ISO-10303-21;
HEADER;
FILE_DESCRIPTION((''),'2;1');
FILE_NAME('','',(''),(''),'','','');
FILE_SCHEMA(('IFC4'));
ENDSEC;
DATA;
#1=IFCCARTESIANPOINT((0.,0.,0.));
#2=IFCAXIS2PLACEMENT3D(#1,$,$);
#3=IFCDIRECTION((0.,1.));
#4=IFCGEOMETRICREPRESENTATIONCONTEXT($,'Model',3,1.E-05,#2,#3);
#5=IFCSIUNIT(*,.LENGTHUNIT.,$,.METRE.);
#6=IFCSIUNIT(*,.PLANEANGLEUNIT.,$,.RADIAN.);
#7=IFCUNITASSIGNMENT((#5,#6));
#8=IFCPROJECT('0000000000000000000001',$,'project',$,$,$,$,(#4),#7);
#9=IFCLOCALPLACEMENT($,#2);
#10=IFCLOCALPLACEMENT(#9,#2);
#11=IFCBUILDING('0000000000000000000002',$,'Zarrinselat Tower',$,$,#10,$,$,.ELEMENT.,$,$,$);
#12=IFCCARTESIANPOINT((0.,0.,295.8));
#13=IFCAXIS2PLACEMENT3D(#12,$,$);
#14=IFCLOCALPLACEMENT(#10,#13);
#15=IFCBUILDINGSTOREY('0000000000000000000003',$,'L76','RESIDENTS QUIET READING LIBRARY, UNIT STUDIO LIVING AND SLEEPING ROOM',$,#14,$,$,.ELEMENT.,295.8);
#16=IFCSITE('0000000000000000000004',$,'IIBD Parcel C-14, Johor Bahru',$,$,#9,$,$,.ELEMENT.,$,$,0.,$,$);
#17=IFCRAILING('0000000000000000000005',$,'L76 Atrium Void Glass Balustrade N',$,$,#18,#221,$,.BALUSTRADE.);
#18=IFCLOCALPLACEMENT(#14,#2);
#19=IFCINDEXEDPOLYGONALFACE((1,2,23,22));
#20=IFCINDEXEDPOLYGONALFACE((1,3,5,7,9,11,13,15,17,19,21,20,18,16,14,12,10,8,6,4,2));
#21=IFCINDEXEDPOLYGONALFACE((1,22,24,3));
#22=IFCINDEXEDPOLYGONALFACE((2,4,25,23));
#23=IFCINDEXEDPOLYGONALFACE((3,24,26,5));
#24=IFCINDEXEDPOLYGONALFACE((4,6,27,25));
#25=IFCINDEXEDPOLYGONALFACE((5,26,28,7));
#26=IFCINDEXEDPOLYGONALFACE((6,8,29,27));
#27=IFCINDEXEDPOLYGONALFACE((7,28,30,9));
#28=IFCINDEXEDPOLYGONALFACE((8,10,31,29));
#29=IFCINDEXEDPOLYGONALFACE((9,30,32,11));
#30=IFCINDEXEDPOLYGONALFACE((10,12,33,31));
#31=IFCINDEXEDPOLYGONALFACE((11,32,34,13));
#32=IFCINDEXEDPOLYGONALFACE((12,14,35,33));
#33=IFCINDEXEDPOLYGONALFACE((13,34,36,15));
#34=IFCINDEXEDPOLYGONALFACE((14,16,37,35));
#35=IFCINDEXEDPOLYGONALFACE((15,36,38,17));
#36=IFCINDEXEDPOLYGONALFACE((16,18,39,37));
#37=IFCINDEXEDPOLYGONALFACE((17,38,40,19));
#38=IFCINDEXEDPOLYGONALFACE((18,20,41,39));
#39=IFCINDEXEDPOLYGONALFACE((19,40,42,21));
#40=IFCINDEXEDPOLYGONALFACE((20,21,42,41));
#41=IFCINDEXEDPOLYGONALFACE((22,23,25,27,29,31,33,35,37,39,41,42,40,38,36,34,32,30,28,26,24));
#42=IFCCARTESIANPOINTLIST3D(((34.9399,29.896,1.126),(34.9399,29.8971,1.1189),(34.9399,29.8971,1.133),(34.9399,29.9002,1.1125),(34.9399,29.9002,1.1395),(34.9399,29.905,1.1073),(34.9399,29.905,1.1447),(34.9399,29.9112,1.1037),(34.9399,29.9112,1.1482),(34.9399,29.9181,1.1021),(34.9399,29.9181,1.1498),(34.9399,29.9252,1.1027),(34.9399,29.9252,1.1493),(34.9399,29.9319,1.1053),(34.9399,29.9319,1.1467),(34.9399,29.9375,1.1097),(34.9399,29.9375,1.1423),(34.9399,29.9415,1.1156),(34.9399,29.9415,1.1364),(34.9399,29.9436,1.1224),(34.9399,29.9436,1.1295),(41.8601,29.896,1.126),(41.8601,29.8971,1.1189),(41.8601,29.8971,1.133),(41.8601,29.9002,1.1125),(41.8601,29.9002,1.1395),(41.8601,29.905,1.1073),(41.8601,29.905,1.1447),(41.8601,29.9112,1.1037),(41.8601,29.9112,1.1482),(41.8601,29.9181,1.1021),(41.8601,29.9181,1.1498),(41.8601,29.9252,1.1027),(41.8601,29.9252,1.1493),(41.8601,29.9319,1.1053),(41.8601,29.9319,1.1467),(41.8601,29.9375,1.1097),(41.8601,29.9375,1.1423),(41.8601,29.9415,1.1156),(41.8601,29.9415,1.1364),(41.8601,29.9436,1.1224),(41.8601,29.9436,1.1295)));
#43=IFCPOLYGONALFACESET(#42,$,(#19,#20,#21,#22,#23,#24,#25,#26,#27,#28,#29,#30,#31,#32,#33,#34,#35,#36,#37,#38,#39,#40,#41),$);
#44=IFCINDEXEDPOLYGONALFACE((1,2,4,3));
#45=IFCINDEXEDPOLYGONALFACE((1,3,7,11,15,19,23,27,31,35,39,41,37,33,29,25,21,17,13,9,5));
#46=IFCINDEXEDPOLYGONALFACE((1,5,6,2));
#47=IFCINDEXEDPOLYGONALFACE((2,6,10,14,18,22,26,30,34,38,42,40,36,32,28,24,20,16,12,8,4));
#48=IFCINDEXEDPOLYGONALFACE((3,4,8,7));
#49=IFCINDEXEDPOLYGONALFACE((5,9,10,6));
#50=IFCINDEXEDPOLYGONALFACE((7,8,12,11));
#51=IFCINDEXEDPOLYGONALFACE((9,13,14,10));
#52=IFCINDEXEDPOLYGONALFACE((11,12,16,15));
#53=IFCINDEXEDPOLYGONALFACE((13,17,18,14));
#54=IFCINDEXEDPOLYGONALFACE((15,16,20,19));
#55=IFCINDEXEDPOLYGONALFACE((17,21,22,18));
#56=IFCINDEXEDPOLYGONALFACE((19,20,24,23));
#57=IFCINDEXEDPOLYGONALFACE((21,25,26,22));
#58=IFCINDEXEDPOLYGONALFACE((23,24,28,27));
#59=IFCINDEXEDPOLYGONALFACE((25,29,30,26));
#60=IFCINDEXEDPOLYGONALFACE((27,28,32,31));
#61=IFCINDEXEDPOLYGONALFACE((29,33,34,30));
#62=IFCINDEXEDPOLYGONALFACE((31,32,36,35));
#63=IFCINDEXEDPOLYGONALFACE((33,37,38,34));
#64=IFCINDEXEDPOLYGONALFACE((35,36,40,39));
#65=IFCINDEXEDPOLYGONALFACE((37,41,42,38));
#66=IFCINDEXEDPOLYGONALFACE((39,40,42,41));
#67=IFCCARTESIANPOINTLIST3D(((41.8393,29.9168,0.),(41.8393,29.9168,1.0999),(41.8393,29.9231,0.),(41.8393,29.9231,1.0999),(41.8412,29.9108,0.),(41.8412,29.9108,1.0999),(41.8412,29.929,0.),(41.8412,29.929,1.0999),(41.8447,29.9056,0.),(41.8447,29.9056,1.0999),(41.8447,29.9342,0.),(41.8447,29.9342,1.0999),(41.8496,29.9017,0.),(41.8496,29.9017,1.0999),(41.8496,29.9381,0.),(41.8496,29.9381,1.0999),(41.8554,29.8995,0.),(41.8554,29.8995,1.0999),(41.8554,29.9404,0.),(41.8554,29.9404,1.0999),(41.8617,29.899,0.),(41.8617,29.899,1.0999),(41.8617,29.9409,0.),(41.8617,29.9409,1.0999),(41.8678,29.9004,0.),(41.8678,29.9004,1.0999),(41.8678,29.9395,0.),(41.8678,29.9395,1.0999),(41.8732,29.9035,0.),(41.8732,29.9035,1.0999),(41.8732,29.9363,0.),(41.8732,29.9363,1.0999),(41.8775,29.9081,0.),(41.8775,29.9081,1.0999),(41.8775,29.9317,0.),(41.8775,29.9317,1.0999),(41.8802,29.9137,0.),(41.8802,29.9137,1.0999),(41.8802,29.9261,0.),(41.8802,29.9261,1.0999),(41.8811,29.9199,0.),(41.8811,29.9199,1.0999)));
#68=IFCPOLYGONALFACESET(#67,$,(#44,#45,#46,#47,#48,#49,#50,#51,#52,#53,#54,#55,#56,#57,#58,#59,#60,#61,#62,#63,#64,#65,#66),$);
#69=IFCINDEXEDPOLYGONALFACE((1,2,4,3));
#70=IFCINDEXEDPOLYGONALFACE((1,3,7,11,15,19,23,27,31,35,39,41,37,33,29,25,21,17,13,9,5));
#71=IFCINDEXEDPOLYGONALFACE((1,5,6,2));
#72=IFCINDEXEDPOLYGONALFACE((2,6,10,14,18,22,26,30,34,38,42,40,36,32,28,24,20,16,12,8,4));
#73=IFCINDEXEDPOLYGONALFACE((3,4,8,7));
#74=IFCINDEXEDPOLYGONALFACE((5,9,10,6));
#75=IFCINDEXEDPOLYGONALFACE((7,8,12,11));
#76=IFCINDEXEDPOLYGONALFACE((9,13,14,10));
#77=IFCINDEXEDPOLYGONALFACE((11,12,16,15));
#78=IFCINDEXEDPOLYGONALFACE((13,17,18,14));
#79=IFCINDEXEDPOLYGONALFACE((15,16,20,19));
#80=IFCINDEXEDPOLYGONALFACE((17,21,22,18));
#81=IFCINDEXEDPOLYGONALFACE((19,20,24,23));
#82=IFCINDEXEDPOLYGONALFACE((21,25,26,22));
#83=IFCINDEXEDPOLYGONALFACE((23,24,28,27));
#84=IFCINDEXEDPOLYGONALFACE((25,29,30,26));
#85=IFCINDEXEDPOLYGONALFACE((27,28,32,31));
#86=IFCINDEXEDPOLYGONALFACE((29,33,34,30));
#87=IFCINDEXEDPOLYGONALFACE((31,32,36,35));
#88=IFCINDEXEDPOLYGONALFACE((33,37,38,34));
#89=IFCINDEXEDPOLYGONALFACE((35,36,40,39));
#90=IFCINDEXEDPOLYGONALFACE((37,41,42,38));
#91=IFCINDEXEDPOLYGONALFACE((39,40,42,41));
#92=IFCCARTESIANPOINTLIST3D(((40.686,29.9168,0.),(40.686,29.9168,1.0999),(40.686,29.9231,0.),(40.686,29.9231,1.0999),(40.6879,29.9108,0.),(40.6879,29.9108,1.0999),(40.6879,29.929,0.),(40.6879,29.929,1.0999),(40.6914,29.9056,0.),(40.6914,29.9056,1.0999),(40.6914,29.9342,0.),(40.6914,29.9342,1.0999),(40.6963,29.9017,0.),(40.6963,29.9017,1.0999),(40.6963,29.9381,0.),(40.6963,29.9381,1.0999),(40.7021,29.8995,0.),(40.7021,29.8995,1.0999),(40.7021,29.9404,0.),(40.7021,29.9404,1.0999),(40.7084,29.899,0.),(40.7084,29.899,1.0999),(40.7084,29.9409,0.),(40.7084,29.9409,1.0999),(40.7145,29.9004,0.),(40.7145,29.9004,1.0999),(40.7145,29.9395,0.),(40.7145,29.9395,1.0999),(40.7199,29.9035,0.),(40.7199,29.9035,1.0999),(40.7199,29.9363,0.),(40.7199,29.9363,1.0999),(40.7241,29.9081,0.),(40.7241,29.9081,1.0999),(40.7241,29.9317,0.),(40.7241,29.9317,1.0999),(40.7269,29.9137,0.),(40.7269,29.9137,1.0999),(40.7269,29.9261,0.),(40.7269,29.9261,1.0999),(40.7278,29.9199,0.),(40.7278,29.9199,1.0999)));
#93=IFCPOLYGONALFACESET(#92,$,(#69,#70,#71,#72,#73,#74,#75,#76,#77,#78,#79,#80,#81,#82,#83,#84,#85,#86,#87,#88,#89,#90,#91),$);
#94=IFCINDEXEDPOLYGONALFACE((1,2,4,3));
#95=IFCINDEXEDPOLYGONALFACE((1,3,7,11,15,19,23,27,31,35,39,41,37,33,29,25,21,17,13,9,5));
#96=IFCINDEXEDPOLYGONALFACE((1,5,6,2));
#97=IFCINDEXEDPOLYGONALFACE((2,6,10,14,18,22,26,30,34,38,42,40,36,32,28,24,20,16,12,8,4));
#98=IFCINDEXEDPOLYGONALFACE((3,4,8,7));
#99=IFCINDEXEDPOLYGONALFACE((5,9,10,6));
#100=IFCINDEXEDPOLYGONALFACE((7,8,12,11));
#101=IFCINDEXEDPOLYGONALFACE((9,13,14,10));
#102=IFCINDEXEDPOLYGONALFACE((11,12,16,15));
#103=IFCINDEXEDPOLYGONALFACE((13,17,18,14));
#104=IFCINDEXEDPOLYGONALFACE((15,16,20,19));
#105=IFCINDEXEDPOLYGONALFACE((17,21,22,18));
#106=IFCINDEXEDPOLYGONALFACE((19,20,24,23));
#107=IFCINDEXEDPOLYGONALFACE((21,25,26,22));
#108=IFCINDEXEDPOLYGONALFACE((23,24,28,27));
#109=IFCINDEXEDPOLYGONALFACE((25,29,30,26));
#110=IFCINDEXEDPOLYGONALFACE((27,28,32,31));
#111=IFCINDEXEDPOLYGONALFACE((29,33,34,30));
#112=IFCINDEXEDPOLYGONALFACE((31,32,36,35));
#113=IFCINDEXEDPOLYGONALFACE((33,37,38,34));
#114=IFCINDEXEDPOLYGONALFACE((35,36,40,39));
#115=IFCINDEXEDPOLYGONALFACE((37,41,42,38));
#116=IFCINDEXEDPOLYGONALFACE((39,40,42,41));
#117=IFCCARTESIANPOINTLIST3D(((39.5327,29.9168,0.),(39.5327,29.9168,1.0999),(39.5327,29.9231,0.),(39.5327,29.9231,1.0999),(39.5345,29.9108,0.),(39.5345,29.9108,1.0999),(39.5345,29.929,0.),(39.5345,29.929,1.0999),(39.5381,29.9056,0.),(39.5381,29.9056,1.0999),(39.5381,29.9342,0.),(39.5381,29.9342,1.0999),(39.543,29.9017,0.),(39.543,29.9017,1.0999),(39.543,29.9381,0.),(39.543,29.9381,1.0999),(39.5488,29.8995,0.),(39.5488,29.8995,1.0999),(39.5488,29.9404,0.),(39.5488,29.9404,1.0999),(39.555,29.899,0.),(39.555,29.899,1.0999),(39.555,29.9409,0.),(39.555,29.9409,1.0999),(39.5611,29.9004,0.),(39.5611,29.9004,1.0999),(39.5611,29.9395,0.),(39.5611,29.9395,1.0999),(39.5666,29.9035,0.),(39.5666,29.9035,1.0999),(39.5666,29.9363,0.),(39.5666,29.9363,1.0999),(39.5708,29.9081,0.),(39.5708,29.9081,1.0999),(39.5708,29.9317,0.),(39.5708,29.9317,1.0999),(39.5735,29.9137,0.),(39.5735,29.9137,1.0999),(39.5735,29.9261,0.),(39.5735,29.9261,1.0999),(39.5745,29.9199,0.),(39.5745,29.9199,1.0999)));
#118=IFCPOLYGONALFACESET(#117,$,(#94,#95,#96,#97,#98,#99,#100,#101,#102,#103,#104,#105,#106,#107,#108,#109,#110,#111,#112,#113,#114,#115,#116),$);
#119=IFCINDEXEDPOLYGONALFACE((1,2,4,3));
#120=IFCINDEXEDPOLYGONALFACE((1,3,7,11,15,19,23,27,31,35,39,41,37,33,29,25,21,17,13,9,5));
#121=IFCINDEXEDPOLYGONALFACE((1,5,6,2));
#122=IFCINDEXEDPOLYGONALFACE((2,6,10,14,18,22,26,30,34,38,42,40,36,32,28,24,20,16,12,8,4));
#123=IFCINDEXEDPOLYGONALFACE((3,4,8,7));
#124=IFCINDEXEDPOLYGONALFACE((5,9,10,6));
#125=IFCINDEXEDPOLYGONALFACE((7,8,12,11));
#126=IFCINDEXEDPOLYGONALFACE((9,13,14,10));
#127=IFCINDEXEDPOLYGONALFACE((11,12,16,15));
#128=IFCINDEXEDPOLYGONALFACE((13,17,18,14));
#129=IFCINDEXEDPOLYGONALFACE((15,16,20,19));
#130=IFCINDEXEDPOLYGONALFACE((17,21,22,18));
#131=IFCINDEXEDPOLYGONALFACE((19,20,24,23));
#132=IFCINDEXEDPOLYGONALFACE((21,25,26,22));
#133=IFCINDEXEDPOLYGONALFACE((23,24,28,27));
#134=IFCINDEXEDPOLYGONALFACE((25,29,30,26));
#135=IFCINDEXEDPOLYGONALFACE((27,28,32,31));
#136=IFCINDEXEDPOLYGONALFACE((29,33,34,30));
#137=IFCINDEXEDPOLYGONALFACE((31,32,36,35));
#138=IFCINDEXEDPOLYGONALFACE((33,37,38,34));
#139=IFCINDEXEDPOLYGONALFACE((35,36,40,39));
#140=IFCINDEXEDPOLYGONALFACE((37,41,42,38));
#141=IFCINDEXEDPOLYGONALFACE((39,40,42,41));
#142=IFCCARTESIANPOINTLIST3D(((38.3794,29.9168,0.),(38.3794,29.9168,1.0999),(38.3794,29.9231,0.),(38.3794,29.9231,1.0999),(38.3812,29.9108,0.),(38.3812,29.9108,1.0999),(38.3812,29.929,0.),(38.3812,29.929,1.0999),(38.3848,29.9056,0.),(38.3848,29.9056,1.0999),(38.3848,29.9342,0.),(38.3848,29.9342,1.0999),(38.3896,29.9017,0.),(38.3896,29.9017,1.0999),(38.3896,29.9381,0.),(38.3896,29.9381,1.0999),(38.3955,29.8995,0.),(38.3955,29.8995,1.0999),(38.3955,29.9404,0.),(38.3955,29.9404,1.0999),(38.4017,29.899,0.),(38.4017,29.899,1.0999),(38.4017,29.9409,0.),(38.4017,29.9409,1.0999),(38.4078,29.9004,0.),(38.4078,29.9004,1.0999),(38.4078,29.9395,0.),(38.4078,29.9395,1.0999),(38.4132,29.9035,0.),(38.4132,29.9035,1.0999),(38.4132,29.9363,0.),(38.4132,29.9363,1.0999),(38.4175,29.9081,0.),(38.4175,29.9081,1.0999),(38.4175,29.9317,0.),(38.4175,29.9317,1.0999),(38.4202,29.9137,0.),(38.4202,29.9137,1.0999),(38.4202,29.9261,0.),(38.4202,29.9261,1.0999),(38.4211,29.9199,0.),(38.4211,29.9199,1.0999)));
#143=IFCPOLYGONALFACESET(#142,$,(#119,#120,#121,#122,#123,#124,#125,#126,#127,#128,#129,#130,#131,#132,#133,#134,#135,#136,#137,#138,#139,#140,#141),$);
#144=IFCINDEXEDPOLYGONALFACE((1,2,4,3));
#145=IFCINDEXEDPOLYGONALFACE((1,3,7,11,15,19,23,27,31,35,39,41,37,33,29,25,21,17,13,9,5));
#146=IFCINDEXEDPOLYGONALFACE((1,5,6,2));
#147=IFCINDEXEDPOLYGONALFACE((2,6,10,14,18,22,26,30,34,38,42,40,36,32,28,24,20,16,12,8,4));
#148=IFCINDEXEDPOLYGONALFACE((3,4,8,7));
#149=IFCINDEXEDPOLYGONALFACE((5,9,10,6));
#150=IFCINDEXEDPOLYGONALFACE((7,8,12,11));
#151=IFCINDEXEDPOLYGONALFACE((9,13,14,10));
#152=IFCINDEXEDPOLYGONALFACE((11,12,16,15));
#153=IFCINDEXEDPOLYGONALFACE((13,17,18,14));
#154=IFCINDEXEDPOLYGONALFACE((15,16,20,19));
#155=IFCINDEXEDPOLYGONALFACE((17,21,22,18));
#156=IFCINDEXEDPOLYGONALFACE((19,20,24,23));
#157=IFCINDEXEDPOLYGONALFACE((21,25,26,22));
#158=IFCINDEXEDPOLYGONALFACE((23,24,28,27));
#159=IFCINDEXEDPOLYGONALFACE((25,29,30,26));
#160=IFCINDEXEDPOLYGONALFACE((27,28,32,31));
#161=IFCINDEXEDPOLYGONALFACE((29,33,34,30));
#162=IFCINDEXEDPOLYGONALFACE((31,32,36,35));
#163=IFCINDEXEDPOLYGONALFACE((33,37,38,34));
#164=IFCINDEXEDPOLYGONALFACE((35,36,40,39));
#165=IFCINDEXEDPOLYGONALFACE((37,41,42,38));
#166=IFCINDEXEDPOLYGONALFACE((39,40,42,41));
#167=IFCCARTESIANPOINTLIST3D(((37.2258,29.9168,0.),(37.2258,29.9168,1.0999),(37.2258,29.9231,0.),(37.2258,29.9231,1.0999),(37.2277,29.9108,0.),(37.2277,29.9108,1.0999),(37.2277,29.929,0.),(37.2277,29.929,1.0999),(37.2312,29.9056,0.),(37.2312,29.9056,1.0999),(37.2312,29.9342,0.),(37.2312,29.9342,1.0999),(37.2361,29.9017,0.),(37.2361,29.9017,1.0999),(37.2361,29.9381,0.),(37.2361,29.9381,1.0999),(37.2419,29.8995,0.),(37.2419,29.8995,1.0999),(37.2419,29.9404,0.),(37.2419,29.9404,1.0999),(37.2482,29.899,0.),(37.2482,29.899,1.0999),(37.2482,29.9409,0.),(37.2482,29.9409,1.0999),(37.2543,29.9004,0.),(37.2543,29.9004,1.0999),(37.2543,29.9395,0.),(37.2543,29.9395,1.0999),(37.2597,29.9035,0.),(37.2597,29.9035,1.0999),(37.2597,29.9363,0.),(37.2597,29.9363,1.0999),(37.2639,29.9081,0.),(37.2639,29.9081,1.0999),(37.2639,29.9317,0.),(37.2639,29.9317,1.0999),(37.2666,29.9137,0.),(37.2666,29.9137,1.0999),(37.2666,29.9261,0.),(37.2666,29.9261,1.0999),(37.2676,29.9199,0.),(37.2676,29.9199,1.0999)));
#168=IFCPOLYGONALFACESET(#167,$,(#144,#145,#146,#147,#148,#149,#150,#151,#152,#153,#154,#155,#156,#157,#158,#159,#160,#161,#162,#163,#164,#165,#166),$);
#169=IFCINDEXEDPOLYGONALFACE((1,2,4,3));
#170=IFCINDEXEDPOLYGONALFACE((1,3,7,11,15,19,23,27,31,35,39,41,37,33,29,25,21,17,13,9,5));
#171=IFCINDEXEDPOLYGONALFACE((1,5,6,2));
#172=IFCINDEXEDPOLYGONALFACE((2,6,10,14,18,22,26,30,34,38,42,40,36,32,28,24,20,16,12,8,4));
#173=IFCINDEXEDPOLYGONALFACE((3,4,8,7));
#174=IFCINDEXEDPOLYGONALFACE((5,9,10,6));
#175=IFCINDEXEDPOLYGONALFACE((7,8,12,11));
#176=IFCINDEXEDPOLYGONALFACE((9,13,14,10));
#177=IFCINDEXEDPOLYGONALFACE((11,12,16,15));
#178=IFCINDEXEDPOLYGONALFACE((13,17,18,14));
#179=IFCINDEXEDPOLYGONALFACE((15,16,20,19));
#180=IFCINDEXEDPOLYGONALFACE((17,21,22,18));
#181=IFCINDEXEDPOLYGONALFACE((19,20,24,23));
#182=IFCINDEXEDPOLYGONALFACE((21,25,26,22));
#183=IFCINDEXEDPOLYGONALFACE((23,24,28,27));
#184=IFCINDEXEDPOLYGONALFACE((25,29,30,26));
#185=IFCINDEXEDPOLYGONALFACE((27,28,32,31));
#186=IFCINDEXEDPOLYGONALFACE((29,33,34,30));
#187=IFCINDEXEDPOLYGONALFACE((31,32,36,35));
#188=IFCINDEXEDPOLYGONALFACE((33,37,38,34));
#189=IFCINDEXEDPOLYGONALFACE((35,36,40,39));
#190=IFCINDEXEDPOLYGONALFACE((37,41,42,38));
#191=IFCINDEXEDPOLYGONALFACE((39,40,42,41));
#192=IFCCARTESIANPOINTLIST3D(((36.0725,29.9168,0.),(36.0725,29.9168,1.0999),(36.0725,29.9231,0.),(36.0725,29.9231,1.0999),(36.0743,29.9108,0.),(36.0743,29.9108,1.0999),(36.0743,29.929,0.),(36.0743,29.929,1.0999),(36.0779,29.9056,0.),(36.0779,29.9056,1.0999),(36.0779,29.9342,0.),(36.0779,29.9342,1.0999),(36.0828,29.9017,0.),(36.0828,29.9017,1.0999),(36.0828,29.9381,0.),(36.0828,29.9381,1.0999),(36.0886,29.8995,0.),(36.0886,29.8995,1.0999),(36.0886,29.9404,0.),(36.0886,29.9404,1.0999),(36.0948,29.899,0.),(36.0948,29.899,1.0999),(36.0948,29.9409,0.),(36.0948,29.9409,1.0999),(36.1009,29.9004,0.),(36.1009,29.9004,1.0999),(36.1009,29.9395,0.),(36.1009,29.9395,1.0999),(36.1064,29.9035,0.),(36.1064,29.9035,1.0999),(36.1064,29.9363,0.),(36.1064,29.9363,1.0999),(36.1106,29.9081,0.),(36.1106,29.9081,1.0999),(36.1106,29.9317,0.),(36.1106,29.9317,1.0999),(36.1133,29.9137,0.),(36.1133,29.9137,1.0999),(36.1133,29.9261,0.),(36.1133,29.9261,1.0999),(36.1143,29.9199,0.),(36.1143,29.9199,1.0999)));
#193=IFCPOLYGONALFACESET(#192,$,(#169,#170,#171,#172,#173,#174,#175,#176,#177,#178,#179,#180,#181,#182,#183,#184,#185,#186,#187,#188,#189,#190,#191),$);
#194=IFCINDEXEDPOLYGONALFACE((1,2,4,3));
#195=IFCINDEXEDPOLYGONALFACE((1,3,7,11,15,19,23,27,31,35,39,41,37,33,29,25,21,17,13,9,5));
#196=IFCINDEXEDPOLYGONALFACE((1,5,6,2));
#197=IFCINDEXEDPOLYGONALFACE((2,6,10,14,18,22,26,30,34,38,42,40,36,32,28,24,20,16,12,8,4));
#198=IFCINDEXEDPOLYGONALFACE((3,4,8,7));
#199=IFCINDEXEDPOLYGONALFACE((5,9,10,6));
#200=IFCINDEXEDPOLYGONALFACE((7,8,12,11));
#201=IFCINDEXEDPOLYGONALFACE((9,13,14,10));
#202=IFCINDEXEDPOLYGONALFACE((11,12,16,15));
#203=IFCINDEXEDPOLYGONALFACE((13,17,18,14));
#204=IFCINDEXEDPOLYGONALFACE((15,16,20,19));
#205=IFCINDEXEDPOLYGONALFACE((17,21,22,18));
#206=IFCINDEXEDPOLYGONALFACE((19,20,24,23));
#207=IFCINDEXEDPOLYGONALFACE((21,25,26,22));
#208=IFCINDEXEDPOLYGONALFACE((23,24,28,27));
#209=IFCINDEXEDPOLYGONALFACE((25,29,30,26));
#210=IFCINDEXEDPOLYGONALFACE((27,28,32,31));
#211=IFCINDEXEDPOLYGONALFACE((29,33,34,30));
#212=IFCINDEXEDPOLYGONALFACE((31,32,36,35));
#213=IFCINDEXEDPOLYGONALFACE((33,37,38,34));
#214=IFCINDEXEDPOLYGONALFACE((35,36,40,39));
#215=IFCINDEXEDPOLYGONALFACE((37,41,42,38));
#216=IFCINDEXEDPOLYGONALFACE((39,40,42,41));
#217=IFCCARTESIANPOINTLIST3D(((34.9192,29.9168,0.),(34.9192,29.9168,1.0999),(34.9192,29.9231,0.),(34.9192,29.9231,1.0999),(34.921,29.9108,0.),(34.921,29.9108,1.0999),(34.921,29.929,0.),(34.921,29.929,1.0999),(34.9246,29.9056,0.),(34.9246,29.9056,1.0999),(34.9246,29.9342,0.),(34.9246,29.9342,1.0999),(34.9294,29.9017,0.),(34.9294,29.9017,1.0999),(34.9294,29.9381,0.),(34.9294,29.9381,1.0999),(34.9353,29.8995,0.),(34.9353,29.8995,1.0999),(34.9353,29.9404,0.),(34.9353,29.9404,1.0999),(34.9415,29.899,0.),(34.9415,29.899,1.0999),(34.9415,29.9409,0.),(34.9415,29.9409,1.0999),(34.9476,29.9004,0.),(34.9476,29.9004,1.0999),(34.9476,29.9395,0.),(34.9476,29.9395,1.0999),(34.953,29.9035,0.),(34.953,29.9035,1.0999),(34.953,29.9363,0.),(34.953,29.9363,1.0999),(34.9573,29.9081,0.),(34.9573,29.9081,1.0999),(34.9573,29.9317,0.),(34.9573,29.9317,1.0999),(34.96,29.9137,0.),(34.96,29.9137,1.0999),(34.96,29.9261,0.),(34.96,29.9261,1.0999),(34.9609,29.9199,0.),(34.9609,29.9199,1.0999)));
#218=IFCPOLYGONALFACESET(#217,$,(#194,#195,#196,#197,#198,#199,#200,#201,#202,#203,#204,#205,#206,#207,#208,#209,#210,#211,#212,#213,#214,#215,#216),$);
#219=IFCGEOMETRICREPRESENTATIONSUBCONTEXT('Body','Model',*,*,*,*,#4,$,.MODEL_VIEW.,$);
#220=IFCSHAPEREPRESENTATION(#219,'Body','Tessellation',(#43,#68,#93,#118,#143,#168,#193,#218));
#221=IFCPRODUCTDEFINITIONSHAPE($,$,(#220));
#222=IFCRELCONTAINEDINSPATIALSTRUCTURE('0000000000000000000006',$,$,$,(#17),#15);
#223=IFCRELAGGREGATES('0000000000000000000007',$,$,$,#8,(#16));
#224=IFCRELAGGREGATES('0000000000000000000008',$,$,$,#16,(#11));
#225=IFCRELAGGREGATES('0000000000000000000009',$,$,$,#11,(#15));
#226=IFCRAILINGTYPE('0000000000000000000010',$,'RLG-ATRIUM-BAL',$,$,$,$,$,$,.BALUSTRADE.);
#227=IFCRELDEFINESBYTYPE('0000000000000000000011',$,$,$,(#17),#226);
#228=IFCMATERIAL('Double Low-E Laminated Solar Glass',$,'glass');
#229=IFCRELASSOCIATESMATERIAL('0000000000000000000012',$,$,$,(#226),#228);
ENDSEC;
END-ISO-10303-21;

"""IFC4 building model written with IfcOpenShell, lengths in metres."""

from ifc_helpers import new_model, si_unit, direction, frame, origin, origin_2d, place, context, subcontext, project, spatial, circle, extrude, material, type_object, element, save


model = new_model("IFC4")

# Units and contexts
model_context = context("Model", 3, precision=1e-05, world=origin(), true_north=direction((0.0, 1.0)))
body_context = subcontext(model_context, "Body", "Model", "MODEL_VIEW")
ifc_project = project(units=[si_unit("LENGTHUNIT", "METRE"), si_unit("PLANEANGLEUNIT", "RADIAN")], contexts=[model_context])

# Site, building, storey
site_placement = place(None, origin())
site = spatial("IfcSite", under=ifc_project, at=site_placement, Name="IIBD Parcel C-14, Johor Bahru", CompositionType="ELEMENT", RefElevation=0.0)
building_placement = place(site_placement, origin())
building = spatial("IfcBuilding", under=site, at=building_placement, Name="Zarrinselat Tower", CompositionType="ELEMENT")
storey_placement = place(building_placement, frame((0.0, 0.0, 295.8)))
storey = spatial("IfcBuildingStorey", under=building, at=storey_placement, Name="L76", Description="RESIDENTS QUIET READING LIBRARY, UNIT STUDIO LIVING AND SLEEPING ROOM", CompositionType="ELEMENT", Elevation=295.8)

# Railing
ifc_material_1 = material(Name="Double Low-E Laminated Solar Glass", Category="glass")
railing_type = type_object("IfcRailingType", Name="RLG-ATRIUM-BAL", PredefinedType="BALUSTRADE", material=ifc_material_1)
railing_1_placement = place(storey_placement, frame((41.8601, 29.9199, 0.0)))
element("IfcRailing", 1, at=railing_1_placement, inside=storey, type_object=railing_type, Name="L76 Atrium Void Glass Balustrade N", PredefinedType="BALUSTRADE", context=body_context, shape_type="SweptSolid", body=[
    extrude(circle(Radius=0.0239, at=origin_2d()), frame((0.0, 0.0, 1.126), z_axis=(-1.0, 0.0, 0.0), x_axis=(0.0, -1.0, 0.0)), (0.0, 0.0, 1.0), 6.9202),
    extrude(circle(Radius=0.021, at=origin_2d()), origin(), (0.0, 0.0, 1.0), 1.0999),
    extrude(circle(Radius=0.021, at=origin_2d()), frame((-1.1533, 0.0, 0.0)), (0.0, 0.0, 1.0), 1.0999),
    extrude(circle(Radius=0.021, at=origin_2d()), frame((-2.3066, 0.0, 0.0)), (0.0, 0.0, 1.0), 1.0999),
    extrude(circle(Radius=0.021, at=origin_2d()), frame((-3.46, 0.0, 0.0)), (0.0, 0.0, 1.0), 1.0999),
    extrude(circle(Radius=0.021, at=origin_2d()), frame((-4.6135, 0.0, 0.0)), (0.0, 0.0, 1.0), 1.0999),
    extrude(circle(Radius=0.021, at=origin_2d()), frame((-5.7668, 0.0, 0.0)), (0.0, 0.0, 1.0), 1.0999),
    extrude(circle(Radius=0.021, at=origin_2d()), frame((-6.9202, 0.0, 0.0)), (0.0, 0.0, 1.0), 1.0999),
])

save(model, "model.ifc")
